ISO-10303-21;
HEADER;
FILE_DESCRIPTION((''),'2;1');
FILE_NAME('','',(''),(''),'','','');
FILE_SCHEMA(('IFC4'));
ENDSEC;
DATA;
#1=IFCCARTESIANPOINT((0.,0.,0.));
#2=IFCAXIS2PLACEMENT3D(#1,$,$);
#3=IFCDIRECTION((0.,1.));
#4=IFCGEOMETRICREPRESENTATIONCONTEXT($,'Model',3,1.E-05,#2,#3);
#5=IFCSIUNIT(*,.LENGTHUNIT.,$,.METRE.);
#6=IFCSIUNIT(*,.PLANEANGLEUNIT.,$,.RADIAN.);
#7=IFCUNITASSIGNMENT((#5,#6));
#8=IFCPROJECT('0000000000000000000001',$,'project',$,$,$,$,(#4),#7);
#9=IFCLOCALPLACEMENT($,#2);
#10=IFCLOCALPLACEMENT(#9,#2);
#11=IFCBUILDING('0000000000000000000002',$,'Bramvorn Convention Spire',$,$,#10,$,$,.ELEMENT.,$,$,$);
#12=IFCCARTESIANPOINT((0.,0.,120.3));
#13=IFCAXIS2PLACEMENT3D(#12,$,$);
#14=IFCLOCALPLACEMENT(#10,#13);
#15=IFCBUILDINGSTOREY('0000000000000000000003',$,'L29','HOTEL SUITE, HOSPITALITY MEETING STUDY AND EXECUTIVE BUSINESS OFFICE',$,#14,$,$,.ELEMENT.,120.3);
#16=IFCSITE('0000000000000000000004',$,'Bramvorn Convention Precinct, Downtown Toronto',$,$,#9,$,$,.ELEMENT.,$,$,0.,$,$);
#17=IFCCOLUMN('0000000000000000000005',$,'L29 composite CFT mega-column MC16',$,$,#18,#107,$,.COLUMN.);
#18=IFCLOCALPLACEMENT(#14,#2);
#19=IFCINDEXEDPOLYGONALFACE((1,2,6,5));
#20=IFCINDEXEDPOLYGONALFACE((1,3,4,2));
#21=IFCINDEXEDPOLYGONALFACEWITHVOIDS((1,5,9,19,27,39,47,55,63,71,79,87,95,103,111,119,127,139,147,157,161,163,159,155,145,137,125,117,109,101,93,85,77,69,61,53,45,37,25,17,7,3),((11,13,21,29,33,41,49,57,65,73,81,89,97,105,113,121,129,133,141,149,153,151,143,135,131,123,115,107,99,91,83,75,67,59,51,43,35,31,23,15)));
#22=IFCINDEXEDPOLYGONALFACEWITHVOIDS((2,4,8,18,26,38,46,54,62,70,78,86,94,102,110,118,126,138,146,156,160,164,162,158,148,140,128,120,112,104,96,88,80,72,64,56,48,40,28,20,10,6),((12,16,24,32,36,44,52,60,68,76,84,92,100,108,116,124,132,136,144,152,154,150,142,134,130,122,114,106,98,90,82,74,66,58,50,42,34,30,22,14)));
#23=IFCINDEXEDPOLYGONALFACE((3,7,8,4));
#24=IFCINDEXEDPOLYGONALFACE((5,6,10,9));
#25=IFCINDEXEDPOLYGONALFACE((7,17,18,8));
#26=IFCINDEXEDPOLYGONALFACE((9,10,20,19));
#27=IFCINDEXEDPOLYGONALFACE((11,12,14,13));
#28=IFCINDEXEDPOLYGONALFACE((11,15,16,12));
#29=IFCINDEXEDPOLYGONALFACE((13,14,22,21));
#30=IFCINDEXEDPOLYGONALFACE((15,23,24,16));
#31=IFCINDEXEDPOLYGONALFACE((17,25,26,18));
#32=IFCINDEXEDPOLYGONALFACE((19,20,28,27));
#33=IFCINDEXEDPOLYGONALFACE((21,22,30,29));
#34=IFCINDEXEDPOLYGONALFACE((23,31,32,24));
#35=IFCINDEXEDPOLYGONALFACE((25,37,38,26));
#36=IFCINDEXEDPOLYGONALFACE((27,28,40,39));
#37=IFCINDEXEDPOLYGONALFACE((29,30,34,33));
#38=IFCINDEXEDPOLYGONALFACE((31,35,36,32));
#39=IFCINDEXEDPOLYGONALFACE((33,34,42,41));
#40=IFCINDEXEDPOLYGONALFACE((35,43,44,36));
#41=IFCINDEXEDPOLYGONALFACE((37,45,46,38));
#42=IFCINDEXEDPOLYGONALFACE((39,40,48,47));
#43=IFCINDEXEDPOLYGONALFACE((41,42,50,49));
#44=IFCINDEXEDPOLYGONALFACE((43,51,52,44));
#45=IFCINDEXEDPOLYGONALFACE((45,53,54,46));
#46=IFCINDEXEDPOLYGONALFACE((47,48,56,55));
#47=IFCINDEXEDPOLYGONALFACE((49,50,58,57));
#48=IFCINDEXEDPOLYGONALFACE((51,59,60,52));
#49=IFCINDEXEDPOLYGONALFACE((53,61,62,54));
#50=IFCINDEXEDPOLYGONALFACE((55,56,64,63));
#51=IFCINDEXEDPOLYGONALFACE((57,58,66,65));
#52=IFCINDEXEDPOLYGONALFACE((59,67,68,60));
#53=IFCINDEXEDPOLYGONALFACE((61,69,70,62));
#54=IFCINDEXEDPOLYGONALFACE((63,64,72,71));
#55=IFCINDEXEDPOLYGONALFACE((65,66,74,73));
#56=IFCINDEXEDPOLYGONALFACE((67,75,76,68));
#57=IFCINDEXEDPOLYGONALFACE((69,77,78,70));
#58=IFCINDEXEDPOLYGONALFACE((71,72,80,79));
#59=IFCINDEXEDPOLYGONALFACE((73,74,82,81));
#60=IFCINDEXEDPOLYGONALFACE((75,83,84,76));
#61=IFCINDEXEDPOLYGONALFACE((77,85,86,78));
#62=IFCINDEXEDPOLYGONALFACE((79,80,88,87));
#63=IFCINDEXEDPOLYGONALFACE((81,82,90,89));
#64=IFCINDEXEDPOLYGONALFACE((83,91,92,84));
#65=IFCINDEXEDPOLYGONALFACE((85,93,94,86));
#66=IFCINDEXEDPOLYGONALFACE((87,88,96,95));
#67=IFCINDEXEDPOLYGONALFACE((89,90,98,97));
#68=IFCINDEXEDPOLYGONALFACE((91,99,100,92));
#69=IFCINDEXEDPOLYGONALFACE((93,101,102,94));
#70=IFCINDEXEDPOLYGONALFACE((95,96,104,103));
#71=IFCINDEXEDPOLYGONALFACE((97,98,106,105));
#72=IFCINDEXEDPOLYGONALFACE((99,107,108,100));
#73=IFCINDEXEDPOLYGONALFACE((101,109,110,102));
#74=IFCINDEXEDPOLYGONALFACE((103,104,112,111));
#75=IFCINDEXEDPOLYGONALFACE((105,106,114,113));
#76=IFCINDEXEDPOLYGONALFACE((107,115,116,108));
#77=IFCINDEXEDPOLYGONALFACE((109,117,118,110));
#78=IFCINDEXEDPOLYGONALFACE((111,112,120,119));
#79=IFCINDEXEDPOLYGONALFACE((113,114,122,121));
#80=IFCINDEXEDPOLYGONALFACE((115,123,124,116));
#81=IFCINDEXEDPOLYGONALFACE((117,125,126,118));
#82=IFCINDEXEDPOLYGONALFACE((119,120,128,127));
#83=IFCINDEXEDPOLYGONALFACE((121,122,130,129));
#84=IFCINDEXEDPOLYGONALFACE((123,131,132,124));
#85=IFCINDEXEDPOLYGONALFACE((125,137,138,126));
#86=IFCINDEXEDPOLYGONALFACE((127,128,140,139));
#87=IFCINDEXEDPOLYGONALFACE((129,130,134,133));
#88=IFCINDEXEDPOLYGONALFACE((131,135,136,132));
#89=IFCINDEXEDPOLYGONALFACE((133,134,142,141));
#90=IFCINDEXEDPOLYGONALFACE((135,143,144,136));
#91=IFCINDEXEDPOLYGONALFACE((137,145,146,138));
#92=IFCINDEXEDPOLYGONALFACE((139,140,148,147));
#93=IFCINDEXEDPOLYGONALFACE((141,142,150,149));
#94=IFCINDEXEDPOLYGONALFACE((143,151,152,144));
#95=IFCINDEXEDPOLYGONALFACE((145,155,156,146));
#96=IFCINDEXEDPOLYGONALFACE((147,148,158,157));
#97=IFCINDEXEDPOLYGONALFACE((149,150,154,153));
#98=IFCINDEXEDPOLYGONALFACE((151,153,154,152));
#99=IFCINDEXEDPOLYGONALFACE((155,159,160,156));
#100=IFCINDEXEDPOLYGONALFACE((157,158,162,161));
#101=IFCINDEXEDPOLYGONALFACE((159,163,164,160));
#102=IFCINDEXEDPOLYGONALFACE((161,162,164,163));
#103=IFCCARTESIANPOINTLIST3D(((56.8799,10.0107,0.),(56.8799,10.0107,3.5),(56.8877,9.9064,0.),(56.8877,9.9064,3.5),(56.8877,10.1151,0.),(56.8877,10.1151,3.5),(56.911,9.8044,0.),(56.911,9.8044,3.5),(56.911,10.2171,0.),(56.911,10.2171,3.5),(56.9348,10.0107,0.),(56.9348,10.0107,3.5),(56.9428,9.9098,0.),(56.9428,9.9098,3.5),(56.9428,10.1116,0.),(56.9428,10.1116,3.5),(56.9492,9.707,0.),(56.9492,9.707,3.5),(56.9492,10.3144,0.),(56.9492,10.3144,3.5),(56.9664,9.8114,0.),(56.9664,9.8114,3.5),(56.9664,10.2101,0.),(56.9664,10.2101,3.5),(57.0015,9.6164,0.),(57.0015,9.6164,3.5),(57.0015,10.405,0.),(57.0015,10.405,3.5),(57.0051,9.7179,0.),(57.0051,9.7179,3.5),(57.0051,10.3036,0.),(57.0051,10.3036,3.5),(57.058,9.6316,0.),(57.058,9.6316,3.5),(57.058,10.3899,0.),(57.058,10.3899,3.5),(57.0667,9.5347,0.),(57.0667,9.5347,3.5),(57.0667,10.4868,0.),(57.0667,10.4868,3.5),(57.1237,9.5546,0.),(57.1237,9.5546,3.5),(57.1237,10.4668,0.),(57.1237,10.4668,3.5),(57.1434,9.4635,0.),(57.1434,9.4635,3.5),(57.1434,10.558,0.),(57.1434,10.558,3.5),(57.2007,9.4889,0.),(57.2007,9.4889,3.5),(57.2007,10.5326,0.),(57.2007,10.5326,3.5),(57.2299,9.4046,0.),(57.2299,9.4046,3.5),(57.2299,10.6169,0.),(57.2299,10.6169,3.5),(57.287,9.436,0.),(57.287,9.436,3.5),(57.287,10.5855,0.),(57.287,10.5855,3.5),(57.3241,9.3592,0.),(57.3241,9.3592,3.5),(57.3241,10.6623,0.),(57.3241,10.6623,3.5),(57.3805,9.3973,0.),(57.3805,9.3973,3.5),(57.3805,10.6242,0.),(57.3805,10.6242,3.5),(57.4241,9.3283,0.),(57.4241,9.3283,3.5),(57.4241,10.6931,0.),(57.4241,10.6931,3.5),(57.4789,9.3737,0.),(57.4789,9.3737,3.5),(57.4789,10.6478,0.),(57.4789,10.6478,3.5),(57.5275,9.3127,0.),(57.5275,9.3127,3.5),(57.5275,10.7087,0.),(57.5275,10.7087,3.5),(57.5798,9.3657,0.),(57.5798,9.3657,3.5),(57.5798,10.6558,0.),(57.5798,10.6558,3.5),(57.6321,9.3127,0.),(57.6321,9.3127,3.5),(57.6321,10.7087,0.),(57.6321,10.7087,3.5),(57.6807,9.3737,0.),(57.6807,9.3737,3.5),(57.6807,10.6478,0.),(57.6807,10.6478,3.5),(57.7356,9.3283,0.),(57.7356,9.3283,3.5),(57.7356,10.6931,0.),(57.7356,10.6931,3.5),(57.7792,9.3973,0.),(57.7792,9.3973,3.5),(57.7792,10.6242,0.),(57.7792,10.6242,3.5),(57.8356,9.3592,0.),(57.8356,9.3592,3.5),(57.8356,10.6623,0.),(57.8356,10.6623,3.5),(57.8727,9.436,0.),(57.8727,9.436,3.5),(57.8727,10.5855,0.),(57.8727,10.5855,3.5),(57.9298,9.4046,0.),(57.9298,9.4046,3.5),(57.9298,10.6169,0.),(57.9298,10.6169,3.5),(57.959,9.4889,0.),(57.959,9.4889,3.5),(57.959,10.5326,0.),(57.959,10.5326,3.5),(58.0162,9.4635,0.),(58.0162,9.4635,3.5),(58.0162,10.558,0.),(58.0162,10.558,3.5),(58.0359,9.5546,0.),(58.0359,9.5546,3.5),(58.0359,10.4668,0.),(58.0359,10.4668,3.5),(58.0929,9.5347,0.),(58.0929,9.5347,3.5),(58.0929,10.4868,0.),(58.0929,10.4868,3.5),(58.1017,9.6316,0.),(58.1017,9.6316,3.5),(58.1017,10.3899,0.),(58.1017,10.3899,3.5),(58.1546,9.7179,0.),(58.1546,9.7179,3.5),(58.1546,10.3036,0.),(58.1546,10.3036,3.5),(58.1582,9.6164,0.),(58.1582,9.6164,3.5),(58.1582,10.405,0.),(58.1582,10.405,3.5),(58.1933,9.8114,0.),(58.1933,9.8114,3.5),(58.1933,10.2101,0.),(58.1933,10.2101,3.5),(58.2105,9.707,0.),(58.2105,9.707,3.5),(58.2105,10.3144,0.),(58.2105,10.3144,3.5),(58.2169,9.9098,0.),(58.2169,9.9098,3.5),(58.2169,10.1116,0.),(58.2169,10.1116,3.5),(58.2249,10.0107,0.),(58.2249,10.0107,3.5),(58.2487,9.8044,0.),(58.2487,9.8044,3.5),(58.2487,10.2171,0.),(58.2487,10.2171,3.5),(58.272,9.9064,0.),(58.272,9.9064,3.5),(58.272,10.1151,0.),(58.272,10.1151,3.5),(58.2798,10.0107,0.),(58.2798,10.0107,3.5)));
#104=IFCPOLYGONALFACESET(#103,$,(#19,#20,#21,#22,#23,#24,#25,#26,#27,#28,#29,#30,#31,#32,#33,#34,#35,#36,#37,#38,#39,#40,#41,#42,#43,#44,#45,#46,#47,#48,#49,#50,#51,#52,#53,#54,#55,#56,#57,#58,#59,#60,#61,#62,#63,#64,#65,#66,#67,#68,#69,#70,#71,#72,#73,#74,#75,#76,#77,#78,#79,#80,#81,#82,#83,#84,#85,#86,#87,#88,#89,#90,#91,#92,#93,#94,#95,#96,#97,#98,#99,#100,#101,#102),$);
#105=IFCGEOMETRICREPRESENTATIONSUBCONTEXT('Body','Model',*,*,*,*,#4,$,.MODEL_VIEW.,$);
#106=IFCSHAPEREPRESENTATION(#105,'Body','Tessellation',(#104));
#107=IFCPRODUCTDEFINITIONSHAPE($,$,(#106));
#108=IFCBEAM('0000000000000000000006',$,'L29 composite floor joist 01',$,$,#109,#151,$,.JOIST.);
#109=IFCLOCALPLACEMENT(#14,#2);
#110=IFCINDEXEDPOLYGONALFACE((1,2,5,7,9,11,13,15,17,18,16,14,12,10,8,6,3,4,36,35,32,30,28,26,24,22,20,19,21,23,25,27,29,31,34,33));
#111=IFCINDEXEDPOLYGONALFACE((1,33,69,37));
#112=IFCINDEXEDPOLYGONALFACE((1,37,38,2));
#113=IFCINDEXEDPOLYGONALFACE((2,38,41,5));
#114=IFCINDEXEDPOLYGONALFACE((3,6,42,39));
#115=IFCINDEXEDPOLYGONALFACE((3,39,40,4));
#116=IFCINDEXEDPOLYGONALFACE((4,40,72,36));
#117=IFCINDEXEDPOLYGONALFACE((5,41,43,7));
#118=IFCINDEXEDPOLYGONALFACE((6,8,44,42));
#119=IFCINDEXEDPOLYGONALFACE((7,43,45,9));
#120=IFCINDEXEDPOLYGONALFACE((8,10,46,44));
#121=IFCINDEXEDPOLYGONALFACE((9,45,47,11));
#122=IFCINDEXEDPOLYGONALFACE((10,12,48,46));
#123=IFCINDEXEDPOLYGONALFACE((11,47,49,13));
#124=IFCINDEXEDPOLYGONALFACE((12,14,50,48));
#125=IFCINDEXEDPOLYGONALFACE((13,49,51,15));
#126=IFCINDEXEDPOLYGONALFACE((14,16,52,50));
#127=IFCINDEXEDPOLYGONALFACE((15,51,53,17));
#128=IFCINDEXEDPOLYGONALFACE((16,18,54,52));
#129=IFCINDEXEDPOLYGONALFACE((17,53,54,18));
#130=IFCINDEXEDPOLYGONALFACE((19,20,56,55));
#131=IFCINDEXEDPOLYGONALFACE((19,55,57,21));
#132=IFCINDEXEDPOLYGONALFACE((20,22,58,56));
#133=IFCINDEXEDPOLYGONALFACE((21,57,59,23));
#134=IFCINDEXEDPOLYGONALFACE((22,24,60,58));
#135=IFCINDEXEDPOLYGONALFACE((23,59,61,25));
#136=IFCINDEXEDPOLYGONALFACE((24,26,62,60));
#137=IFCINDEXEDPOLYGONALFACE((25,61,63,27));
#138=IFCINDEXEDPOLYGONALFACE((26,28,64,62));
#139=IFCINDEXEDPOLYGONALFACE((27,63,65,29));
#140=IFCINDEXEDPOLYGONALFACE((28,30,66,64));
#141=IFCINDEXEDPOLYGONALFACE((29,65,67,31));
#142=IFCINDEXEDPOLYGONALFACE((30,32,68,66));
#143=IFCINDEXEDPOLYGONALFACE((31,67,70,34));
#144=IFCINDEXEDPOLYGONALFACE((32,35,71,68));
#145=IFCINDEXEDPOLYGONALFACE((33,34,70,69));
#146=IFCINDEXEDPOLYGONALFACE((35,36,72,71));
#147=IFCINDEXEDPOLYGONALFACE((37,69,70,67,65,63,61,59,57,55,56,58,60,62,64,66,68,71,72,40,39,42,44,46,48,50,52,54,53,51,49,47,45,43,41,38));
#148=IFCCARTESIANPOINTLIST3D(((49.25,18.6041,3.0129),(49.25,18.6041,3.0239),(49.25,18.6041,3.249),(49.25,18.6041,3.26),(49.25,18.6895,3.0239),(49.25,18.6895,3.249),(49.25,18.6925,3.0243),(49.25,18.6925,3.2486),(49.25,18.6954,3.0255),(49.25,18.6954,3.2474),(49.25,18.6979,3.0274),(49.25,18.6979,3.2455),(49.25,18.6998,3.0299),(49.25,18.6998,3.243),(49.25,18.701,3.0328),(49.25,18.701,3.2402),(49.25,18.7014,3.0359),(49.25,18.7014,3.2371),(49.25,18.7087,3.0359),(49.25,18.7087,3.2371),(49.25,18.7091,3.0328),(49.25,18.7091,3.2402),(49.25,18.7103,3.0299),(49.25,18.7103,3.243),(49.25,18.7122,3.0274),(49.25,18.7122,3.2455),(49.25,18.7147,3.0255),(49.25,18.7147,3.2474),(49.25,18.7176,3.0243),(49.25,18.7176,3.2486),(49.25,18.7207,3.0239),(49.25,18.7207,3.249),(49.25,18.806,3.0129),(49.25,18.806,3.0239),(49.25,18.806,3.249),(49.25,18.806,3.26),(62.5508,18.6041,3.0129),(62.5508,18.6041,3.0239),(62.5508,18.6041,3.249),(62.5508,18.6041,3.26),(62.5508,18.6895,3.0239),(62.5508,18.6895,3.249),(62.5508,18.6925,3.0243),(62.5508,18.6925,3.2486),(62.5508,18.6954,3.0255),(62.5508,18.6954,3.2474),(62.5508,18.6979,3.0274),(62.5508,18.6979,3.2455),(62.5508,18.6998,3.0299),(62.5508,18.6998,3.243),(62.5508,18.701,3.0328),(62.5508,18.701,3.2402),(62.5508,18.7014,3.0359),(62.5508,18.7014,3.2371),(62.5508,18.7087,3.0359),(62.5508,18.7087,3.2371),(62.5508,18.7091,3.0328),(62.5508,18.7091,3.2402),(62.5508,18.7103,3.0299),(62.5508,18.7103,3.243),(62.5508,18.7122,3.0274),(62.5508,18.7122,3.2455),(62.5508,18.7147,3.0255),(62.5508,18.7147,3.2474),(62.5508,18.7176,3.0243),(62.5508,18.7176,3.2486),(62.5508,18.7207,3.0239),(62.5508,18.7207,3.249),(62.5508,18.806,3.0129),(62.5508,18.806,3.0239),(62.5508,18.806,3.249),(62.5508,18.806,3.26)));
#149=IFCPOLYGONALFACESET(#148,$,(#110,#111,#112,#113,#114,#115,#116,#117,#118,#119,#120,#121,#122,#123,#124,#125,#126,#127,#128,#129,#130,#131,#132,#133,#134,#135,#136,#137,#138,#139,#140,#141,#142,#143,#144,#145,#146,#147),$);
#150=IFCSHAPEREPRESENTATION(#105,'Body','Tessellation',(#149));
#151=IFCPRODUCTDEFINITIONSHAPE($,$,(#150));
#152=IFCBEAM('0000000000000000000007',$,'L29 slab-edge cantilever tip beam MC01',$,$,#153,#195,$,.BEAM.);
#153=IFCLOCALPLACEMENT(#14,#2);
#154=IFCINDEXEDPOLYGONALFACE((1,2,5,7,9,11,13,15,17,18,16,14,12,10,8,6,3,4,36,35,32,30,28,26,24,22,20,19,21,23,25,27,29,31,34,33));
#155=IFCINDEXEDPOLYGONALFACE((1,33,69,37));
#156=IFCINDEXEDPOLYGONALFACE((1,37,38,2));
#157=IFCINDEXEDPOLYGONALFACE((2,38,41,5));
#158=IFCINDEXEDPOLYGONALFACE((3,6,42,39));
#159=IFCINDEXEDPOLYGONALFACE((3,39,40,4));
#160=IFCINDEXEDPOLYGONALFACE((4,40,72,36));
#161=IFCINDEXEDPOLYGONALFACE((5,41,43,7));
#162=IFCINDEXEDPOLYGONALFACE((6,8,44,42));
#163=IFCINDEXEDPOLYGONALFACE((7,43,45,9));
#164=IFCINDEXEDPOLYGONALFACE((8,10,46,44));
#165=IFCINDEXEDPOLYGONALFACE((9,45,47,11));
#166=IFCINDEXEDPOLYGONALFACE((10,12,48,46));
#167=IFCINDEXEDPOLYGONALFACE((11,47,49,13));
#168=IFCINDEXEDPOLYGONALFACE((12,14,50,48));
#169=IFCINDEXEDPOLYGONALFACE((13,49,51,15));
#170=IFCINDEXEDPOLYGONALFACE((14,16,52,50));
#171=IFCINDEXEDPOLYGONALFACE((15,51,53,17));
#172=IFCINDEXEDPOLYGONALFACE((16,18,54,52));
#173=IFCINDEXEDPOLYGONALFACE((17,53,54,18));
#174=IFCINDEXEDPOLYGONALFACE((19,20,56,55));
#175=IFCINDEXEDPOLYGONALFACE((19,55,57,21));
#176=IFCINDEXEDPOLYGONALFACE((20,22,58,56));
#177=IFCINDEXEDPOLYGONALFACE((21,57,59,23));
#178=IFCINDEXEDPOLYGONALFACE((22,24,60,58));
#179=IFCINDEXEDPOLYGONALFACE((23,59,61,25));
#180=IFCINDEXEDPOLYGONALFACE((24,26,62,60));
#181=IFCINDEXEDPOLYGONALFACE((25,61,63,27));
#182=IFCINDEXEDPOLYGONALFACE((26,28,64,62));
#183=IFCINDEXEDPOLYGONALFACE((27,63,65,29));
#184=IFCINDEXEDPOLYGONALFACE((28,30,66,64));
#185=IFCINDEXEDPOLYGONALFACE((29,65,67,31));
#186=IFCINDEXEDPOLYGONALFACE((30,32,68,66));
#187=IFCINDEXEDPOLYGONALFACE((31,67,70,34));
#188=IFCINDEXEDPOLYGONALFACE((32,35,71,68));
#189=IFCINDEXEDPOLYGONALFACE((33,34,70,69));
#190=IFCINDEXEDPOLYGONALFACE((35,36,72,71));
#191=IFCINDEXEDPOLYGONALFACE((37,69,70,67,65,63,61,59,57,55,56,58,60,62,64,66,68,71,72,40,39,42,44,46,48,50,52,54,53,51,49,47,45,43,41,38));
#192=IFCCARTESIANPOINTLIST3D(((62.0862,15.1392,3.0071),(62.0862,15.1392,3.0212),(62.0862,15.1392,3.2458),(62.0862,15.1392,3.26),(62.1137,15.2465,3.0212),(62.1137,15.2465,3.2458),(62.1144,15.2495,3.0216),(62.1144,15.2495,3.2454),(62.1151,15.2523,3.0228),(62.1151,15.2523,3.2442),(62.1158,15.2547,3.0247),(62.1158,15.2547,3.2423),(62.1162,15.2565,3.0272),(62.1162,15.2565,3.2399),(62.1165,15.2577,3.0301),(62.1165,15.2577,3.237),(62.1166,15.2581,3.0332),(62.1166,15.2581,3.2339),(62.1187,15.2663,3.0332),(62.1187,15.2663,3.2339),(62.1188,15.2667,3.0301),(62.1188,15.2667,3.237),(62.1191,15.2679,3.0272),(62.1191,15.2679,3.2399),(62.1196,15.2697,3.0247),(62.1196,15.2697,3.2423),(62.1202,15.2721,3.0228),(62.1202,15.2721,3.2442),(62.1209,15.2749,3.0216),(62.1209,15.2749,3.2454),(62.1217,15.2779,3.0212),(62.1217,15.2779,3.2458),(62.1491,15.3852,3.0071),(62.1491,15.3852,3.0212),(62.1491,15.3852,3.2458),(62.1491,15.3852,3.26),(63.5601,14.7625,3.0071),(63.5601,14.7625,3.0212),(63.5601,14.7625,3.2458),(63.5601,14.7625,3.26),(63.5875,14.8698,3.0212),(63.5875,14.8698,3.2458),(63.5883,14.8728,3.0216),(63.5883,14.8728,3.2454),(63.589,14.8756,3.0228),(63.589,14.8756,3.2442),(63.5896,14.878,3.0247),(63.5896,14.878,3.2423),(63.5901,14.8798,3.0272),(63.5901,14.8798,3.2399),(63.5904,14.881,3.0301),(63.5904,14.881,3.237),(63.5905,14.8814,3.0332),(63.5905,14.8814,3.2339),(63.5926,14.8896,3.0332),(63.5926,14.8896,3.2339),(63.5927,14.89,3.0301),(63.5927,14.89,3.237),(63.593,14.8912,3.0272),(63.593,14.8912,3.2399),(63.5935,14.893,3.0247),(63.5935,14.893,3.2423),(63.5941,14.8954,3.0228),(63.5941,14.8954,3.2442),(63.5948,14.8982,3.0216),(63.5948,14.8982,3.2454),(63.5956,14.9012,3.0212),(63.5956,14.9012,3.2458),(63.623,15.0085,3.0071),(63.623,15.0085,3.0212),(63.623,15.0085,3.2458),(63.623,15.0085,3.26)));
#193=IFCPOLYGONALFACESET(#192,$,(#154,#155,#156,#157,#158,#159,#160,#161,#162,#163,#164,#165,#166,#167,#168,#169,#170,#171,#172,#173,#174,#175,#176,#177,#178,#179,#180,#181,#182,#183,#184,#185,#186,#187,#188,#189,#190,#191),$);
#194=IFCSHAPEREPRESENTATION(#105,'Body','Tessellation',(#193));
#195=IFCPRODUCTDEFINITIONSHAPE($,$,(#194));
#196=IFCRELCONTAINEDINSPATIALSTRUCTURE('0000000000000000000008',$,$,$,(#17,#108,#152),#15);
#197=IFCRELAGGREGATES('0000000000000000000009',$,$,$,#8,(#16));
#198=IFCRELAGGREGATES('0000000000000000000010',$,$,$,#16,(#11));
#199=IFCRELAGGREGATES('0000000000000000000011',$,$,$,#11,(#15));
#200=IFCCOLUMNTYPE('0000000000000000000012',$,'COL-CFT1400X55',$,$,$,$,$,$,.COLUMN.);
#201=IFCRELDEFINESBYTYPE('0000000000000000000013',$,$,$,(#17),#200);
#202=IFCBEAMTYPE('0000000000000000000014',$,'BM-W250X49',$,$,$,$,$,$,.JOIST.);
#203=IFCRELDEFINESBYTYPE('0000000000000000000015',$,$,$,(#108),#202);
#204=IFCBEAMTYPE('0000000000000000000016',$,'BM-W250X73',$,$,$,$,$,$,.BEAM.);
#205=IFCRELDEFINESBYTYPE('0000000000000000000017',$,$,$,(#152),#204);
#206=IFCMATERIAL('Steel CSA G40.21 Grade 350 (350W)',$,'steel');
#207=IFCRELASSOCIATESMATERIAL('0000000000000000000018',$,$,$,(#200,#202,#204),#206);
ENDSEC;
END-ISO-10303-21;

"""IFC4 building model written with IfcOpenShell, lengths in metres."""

from ifc_helpers import new_model, si_unit, direction, frame, origin, origin_2d, place, context, subcontext, project, spatial, hollow_circle, i_section, extrude, material, material_profile, profile_set, type_object, element, save


model = new_model("IFC4")

# Units and contexts
model_context = context("Model", 3, precision=1e-05, world=origin(), true_north=direction((0.0, 1.0)))
body_context = subcontext(model_context, "Body", "Model", "MODEL_VIEW")
ifc_project = project(units=[si_unit("LENGTHUNIT", "METRE"), si_unit("PLANEANGLEUNIT", "RADIAN")], contexts=[model_context])

# Site, building, storey
site_placement = place(None, origin())
site = spatial("IfcSite", under=ifc_project, at=site_placement, Name="Bramvorn Convention Precinct, Downtown Toronto", CompositionType="ELEMENT", RefElevation=0.0)
building_placement = place(site_placement, origin())
building = spatial("IfcBuilding", under=site, at=building_placement, Name="Bramvorn Convention Spire", CompositionType="ELEMENT")
storey_placement = place(building_placement, frame((0.0, 0.0, 120.3)))
storey = spatial("IfcBuildingStorey", under=building, at=storey_placement, Name="L29", Description="HOTEL SUITE, HOSPITALITY MEETING STUDY AND EXECUTIVE BUSINESS OFFICE", CompositionType="ELEMENT", Elevation=120.3)

# Column
ifc_material_1 = material(Name="Steel CSA G40.21 Grade 350 (350W)", Category="steel")
ifc_material_profile_1 = material_profile(ifc_material_1, hollow_circle(Radius=0.7, WallThickness=0.0549, at=origin_2d()))
ifc_profile_set_1 = profile_set([ifc_material_profile_1], Name="Steel CSA G40.21 Grade 350 (350W) - CFT1400X55")
column_type = type_object("IfcColumnType", Name="COL-CFT1400X55", PredefinedType="COLUMN", material=ifc_profile_set_1)
for number, where, z_axis, x_axis, name in (
    (1, (57.5798, 10.0107, 0.0), (0.0, 0.0, 1.0), (1.0, 0.0, 0.0), "L29 composite CFT mega-column MC16"),
):
    element("IfcColumn", number, at=place(storey_placement, frame(where, z_axis=z_axis, x_axis=x_axis)), inside=storey, type_object=column_type, Name=name, PredefinedType="COLUMN", context=body_context, shape_type="SweptSolid", body=[
        extrude(hollow_circle(Radius=0.7, WallThickness=0.0549, at=origin_2d()), origin(), (0.0, 0.0, 1.0), 3.5),
    ])

# Beams
ifc_material_profile_2 = material_profile(ifc_material_1, i_section(OverallWidth=0.2019, OverallDepth=0.2471, WebThickness=0.0073, FlangeThickness=0.011, FilletRadius=0.012, at=origin_2d()))
ifc_profile_set_2 = profile_set([ifc_material_profile_2], Name="Steel CSA G40.21 Grade 350 (350W) - W250X49")
beam_type_1 = type_object("IfcBeamType", Name="BM-W250X49", PredefinedType="JOIST", material=ifc_profile_set_2)
beam_1_placement = place(storey_placement, frame((49.25, 18.7051, 3.1365), z_axis=(1.0, 0.0, 0.0), x_axis=(0.0, 1.0, 0.0)))
element("IfcBeam", 2, at=beam_1_placement, inside=storey, type_object=beam_type_1, Name="L29 composite floor joist 01", PredefinedType="JOIST", context=body_context, shape_type="SweptSolid", body=[
    extrude(i_section(OverallWidth=0.2019, OverallDepth=0.2471, WebThickness=0.0073, FlangeThickness=0.011, FilletRadius=0.012, at=origin_2d()), origin(), (0.0, 0.0, 1.0), 13.3008),
])
ifc_material_profile_3 = material_profile(ifc_material_1, i_section(OverallWidth=0.2539, OverallDepth=0.2529, WebThickness=0.0085, FlangeThickness=0.0142, FilletRadius=0.012, at=origin_2d()))
ifc_profile_set_3 = profile_set([ifc_material_profile_3], Name="Steel CSA G40.21 Grade 350 (350W) - W250X73")
beam_type_2 = type_object("IfcBeamType", Name="BM-W250X73", PredefinedType="BEAM", material=ifc_profile_set_3)
beam_2_placement = place(storey_placement, frame((62.1177, 15.2622, 3.1335), z_axis=(0.968855, -0.24763, 0.0), x_axis=(0.24763, 0.968855, 0.0)))
element("IfcBeam", 3, at=beam_2_placement, inside=storey, type_object=beam_type_2, Name="L29 slab-edge cantilever tip beam MC01", PredefinedType="BEAM", context=body_context, shape_type="SweptSolid", body=[
    extrude(i_section(OverallWidth=0.2539, OverallDepth=0.2529, WebThickness=0.0085, FlangeThickness=0.0142, FilletRadius=0.012, at=origin_2d()), origin(), (0.0, 0.0, 1.0), 1.5212),
])

save(model, "model.ifc")
